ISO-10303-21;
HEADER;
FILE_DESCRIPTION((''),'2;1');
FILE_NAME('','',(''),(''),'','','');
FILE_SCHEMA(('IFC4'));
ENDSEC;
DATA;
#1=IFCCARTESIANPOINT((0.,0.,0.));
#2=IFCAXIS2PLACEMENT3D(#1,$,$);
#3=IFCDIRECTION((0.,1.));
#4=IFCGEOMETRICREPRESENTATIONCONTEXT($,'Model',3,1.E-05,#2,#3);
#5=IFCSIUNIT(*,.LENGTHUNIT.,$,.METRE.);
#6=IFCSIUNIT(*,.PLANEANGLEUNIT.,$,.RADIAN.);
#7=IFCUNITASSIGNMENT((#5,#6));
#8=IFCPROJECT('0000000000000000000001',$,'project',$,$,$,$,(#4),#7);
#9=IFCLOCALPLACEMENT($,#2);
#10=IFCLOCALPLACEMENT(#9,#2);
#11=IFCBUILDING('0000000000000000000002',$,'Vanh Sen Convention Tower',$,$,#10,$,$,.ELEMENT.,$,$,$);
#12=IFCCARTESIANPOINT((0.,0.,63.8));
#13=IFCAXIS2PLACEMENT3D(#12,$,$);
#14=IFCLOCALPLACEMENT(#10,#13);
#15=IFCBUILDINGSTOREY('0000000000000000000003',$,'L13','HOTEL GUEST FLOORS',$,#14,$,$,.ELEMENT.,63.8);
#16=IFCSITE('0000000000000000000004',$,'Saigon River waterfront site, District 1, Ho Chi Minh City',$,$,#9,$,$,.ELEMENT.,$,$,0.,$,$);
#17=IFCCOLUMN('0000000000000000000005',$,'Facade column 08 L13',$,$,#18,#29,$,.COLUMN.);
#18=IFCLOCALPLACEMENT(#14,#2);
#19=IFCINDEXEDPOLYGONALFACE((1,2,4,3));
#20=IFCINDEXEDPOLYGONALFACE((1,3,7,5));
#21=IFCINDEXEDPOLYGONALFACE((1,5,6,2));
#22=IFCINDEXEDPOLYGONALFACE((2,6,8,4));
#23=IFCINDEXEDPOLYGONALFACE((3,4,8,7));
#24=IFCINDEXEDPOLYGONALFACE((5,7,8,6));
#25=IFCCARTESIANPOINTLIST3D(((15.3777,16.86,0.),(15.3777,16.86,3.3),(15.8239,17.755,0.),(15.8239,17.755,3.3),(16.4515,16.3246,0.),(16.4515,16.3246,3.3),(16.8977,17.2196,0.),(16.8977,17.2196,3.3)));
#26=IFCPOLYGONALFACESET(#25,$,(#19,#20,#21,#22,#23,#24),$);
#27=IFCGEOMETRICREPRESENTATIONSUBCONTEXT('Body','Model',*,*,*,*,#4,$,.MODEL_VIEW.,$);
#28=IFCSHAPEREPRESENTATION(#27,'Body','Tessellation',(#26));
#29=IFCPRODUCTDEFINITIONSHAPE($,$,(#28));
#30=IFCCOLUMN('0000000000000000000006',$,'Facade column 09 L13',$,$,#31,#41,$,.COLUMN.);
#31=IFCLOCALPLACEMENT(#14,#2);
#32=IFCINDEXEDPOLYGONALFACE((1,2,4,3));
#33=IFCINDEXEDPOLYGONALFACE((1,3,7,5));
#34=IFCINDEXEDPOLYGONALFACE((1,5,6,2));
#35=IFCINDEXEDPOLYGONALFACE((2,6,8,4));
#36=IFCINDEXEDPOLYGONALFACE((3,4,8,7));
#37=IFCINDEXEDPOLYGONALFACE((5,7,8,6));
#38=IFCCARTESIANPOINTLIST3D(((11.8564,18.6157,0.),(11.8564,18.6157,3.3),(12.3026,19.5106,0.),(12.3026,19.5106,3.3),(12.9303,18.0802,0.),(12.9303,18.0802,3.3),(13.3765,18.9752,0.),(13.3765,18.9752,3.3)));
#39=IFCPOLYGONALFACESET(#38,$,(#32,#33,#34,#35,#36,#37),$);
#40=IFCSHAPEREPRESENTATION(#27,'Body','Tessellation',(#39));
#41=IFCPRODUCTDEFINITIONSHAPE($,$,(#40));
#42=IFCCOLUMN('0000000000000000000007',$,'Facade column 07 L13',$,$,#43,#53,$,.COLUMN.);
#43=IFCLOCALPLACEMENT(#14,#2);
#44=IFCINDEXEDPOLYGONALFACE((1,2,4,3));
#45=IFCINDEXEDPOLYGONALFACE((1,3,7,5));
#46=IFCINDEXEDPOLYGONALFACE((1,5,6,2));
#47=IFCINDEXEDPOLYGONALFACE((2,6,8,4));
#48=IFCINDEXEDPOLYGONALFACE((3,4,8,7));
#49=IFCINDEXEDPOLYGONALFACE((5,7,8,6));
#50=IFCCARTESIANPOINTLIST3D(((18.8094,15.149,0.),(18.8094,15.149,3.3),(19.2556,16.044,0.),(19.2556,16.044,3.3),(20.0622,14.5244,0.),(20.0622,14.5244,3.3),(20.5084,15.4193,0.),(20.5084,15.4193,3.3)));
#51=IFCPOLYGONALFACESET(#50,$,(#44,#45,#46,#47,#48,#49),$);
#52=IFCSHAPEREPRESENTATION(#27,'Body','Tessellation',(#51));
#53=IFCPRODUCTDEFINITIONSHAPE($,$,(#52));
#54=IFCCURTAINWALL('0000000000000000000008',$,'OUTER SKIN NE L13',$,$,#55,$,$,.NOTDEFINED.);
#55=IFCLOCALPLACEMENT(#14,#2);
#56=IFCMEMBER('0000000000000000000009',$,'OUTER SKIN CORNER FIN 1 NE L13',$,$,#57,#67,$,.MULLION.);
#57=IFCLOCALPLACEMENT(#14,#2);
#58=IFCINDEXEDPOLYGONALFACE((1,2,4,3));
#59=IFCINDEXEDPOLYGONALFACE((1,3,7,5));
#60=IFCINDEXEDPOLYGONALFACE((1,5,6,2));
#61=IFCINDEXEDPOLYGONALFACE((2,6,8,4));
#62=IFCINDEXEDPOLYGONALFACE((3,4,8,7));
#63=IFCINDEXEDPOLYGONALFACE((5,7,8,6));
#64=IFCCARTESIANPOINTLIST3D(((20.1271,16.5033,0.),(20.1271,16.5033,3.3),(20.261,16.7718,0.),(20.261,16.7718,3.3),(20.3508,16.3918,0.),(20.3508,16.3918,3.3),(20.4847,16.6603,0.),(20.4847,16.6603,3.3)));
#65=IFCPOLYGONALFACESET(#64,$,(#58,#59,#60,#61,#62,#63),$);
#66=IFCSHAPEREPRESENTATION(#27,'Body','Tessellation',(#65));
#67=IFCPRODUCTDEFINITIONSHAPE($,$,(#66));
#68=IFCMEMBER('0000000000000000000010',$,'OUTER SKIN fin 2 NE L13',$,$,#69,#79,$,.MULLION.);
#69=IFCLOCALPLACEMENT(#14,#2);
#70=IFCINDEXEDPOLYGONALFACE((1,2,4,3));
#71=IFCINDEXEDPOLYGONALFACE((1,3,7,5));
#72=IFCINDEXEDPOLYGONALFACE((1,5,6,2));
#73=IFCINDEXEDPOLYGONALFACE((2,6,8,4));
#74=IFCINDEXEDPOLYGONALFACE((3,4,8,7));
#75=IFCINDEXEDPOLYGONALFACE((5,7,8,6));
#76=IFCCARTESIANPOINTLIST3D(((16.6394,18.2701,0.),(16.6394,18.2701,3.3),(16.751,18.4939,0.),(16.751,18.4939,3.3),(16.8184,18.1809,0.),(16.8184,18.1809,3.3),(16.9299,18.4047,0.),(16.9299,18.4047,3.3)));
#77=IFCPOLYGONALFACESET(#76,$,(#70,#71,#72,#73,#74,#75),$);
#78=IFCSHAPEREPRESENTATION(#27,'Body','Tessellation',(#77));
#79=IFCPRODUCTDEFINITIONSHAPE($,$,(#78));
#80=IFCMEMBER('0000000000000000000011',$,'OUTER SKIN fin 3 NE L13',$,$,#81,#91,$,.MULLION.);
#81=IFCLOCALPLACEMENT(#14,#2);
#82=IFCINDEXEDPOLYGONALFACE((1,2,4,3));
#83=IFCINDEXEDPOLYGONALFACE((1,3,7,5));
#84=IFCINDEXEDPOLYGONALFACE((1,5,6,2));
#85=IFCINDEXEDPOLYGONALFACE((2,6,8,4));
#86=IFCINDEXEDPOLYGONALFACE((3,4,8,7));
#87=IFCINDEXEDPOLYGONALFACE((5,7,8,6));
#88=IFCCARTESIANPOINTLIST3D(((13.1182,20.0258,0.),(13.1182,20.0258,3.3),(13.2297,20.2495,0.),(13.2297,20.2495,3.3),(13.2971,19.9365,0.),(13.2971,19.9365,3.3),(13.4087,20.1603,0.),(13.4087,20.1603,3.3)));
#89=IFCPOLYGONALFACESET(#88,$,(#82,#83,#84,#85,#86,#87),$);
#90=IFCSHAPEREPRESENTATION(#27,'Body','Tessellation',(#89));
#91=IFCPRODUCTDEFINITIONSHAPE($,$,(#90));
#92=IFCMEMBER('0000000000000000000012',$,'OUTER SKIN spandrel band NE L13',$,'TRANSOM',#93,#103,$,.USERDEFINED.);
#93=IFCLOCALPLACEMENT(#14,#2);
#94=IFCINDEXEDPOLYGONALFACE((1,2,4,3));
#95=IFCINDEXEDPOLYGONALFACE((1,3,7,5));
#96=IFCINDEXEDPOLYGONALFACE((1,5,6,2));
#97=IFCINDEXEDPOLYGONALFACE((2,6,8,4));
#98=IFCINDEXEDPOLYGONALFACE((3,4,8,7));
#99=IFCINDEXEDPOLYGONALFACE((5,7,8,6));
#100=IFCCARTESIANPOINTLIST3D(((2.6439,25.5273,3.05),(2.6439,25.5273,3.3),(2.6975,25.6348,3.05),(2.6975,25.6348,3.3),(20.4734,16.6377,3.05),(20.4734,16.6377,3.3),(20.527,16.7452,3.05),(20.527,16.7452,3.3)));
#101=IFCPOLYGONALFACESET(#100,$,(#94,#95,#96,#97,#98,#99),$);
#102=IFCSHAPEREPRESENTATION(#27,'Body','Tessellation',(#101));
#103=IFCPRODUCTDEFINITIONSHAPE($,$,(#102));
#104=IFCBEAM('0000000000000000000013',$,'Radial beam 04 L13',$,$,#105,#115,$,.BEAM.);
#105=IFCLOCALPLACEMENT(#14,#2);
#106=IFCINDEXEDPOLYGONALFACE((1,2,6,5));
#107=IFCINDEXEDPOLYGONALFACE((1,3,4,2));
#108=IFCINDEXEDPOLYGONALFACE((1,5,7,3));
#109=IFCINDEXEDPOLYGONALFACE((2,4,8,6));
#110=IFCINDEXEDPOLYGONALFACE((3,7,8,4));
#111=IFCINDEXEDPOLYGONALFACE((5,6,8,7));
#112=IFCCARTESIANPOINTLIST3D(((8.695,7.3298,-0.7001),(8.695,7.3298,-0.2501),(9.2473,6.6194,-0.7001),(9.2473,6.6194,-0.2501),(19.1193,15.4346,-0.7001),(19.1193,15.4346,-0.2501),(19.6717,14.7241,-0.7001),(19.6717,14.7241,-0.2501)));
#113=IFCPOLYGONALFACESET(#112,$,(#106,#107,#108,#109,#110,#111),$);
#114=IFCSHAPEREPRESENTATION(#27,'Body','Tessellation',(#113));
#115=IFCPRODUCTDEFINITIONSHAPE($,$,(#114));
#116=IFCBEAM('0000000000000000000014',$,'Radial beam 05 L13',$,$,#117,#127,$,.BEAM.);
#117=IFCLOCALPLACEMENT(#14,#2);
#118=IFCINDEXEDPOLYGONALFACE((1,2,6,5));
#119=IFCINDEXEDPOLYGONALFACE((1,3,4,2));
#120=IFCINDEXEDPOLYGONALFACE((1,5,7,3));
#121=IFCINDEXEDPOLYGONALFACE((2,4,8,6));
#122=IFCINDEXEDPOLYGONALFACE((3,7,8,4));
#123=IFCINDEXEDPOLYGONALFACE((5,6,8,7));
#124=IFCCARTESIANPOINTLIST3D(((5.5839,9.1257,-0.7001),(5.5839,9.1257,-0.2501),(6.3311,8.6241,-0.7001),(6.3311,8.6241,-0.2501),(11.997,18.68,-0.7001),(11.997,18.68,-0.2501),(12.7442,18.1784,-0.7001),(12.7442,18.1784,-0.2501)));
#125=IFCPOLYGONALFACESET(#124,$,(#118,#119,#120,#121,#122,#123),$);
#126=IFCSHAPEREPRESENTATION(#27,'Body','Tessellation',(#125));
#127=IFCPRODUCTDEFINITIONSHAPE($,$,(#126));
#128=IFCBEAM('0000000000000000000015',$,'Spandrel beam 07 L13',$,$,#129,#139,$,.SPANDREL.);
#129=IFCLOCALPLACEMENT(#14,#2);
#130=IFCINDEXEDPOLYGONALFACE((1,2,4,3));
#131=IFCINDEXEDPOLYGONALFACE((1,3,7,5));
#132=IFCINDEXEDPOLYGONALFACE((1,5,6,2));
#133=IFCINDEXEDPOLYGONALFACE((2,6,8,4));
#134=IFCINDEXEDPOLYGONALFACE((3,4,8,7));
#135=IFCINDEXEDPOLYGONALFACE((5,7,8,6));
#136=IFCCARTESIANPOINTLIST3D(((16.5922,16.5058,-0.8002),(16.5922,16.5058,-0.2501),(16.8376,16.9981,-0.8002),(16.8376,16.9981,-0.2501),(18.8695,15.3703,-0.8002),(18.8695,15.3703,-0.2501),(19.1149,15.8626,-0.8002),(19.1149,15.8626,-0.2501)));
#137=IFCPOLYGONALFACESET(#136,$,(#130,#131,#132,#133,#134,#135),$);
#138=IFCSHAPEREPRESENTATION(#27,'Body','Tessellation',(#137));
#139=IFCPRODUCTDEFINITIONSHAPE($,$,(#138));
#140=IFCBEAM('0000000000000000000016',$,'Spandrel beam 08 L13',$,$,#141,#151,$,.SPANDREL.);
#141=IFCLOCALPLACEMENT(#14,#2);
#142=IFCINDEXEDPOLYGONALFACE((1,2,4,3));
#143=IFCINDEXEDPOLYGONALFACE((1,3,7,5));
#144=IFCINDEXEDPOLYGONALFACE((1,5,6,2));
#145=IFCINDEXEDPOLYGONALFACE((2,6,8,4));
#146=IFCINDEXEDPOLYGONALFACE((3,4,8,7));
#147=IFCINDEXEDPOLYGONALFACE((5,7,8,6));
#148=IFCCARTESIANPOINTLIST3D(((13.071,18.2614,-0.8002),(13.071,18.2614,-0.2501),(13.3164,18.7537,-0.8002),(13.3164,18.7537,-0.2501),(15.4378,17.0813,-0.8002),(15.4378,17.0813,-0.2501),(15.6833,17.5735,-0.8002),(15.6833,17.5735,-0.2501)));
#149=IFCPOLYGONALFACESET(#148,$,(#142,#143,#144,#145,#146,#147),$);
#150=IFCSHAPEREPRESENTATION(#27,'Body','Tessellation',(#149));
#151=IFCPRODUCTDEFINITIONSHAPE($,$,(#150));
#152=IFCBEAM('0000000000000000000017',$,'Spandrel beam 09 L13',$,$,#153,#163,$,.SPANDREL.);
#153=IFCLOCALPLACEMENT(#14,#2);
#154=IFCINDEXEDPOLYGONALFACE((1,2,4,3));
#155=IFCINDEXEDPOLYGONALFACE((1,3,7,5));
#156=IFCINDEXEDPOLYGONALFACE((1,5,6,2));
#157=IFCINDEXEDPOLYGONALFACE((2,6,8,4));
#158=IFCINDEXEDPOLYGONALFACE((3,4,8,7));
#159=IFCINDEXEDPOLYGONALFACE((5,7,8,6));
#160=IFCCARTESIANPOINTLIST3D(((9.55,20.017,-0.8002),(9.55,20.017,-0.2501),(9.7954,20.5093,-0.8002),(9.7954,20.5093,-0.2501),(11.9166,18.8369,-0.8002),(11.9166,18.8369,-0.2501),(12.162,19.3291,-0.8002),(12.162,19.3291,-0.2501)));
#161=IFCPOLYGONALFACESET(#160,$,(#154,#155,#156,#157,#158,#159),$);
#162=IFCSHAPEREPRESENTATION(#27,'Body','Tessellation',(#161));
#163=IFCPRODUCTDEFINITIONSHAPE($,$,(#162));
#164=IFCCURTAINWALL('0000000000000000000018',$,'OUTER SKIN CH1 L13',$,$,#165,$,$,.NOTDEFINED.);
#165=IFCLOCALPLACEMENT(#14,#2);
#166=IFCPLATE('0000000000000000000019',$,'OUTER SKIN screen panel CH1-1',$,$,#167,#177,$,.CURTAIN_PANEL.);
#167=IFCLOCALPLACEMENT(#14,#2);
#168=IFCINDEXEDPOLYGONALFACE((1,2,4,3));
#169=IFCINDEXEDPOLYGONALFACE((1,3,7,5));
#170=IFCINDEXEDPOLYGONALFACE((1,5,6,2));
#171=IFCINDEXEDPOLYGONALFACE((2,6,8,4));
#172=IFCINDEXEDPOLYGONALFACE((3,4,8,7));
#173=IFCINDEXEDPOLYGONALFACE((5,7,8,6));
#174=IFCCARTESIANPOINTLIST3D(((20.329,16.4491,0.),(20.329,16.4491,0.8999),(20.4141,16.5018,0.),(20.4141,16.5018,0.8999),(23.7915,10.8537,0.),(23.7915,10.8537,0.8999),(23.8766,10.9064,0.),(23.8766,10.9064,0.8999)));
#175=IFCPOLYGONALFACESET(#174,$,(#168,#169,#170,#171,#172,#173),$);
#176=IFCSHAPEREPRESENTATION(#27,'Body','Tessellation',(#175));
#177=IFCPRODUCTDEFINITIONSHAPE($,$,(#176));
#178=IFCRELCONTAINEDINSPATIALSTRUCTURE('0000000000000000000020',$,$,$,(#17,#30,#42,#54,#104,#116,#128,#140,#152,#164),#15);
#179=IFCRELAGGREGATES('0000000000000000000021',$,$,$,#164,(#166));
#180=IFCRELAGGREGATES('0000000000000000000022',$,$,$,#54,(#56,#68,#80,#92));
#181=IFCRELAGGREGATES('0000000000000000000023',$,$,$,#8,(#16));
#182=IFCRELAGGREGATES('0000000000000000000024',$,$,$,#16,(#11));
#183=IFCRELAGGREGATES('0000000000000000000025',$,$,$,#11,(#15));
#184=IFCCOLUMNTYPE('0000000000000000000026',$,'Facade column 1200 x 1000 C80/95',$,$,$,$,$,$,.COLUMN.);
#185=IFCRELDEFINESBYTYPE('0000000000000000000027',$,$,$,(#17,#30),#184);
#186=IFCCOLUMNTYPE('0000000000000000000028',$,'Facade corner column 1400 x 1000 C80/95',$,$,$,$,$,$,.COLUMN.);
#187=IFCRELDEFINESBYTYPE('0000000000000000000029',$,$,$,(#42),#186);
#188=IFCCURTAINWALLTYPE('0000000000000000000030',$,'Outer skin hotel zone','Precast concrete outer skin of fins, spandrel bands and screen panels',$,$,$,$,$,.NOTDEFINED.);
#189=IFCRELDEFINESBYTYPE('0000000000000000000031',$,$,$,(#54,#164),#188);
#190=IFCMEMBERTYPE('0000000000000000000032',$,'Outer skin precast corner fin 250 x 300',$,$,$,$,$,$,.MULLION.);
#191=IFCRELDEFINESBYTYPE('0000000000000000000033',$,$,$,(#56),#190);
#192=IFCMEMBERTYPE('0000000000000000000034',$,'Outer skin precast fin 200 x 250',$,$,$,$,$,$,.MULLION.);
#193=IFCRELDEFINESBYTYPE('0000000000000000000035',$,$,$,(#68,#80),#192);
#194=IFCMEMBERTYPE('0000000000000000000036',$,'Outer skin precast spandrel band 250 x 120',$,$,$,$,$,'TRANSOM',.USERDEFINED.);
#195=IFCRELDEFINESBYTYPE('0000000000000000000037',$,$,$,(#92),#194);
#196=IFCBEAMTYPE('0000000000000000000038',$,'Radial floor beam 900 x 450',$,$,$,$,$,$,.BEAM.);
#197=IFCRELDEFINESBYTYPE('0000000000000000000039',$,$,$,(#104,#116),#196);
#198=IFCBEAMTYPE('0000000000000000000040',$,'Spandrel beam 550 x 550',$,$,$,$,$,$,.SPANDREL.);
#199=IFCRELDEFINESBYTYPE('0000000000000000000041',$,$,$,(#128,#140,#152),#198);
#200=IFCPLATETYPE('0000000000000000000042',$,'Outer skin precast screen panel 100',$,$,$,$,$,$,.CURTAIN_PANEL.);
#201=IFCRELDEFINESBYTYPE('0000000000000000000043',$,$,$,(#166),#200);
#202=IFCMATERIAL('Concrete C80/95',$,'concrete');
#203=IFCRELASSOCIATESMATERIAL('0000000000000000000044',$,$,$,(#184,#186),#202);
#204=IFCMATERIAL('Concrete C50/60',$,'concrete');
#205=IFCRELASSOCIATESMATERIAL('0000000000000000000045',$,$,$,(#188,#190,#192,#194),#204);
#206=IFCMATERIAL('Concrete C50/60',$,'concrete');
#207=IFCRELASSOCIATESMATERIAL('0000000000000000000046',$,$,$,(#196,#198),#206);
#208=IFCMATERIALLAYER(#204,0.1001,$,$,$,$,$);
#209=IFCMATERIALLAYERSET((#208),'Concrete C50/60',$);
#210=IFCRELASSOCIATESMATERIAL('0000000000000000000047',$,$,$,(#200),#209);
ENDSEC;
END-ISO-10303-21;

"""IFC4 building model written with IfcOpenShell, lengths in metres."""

from ifc_helpers import new_model, si_unit, direction, frame, origin, origin_2d, place, context, subcontext, project, spatial, rectangle, extrude, material, layer, layer_set, material_profile, profile_set, type_object, element, aggregate, save


model = new_model("IFC4")

# Units and contexts
model_context = context("Model", 3, precision=1e-05, world=origin(), true_north=direction((0.0, 1.0)))
body_context = subcontext(model_context, "Body", "Model", "MODEL_VIEW")
ifc_project = project(units=[si_unit("LENGTHUNIT", "METRE"), si_unit("PLANEANGLEUNIT", "RADIAN")], contexts=[model_context])

# Site, building, storey
site_placement = place(None, origin())
site = spatial("IfcSite", under=ifc_project, at=site_placement, Name="Saigon River waterfront site, District 1, Ho Chi Minh City", CompositionType="ELEMENT", RefElevation=0.0)
building_placement = place(site_placement, origin())
building = spatial("IfcBuilding", under=site, at=building_placement, Name="Vanh Sen Convention Tower", CompositionType="ELEMENT")
storey_placement = place(building_placement, frame((0.0, 0.0, 63.8)))
storey = spatial("IfcBuildingStorey", under=building, at=storey_placement, Name="L13", Description="HOTEL GUEST FLOORS", CompositionType="ELEMENT", Elevation=63.8)

# Columns
ifc_material_1 = material(Name="Concrete C80/95", Category="concrete")
ifc_material_profile_1 = material_profile(ifc_material_1, rectangle(XDim=1.2, YDim=1.0, at=origin_2d()), Name="RC 1200X1000")
ifc_profile_set_1 = profile_set([ifc_material_profile_1], Name="Concrete C80/95")
column_type_1 = type_object("IfcColumnType", Name="Facade column 1200 x 1000 C80/95", PredefinedType="COLUMN", material=ifc_profile_set_1)
for number, where, z_axis, x_axis, name in (
    (1, (16.1377, 17.0398, 0.0), (0.0, 0.0, 1.0), (-0.894934, 0.446198, 0.0), "Facade column 08 L13"),
    (2, (12.6165, 18.7954, 0.0), (0.0, 0.0, 1.0), (-0.894934, 0.446198, 0.0), "Facade column 09 L13"),
):
    element("IfcColumn", number, at=place(storey_placement, frame(where, z_axis=z_axis, x_axis=x_axis)), inside=storey, type_object=column_type_1, Name=name, PredefinedType="COLUMN", context=body_context, shape_type="SweptSolid", body=[
        extrude(rectangle(XDim=1.2, YDim=1.0, at=origin_2d()), origin(), (0.0, 0.0, 1.0), 3.3),
    ])
ifc_material_profile_2 = material_profile(ifc_material_1, rectangle(XDim=1.3999, YDim=1.0, at=origin_2d()), Name="RC 1400X1000")
ifc_profile_set_2 = profile_set([ifc_material_profile_2], Name="Concrete C80/95")
column_type_2 = type_object("IfcColumnType", Name="Facade corner column 1400 x 1000 C80/95", PredefinedType="COLUMN", material=ifc_profile_set_2)
column_placement = place(storey_placement, frame((19.6589, 15.2842, 0.0), z_axis=(0.0, 0.0, 1.0), x_axis=(-0.894934, 0.446198, 0.0)))
element("IfcColumn", 3, at=column_placement, inside=storey, type_object=column_type_2, Name="Facade column 07 L13", PredefinedType="COLUMN", context=body_context, shape_type="SweptSolid", body=[
    extrude(rectangle(XDim=1.3999, YDim=1.0, at=origin_2d()), origin(), (0.0, 0.0, 1.0), 3.3),
])

# Curtain wall, members
ifc_material_2 = material(Name="Concrete C50/60", Category="concrete")
curtain_wall_type = type_object("IfcCurtainWallType", Name="Outer skin hotel zone", Description="Precast concrete outer skin of fins, spandrel bands and screen panels", PredefinedType="NOTDEFINED", material=ifc_material_2)
curtain_wall_1_placement = place(storey_placement, origin())
curtain_wall_1 = element("IfcCurtainWall", 4, at=curtain_wall_1_placement, inside=storey, type_object=curtain_wall_type, Name="OUTER SKIN NE L13", PredefinedType="NOTDEFINED")
ifc_material_profile_3 = material_profile(ifc_material_2, rectangle(XDim=0.25, YDim=0.3, at=origin_2d()), Name="Outer skin precast corner fin 250 x 300")
ifc_profile_set_3 = profile_set([ifc_material_profile_3], Name="Concrete C50/60")
member_type_1 = type_object("IfcMemberType", Name="Outer skin precast corner fin 250 x 300", PredefinedType="MULLION", material=ifc_profile_set_3)
member_1_placement = place(storey_placement, frame((20.3059, 16.5818, 0.0), z_axis=(0.0, 0.0, 1.0), x_axis=(-0.894934, 0.446198, 0.0)))
member_1 = element("IfcMember", 5, at=member_1_placement, type_object=member_type_1, Name="OUTER SKIN CORNER FIN 1 NE L13", PredefinedType="MULLION", context=body_context, shape_type="SweptSolid", body=[
    extrude(rectangle(XDim=0.25, YDim=0.3, at=origin_2d()), origin(), (0.0, 0.0, 1.0), 3.3),
])
ifc_material_profile_4 = material_profile(ifc_material_2, rectangle(XDim=0.2, YDim=0.25, at=origin_2d()), Name="Outer skin precast fin 200 x 250")
ifc_profile_set_4 = profile_set([ifc_material_profile_4], Name="Concrete C50/60")
member_type_2 = type_object("IfcMemberType", Name="Outer skin precast fin 200 x 250", PredefinedType="MULLION", material=ifc_profile_set_4)
member_2_placement = place(storey_placement, frame((16.7847, 18.3374, 0.0), z_axis=(0.0, 0.0, 1.0), x_axis=(-0.894934, 0.446198, 0.0)))
member_2 = element("IfcMember", 6, at=member_2_placement, type_object=member_type_2, Name="OUTER SKIN fin 2 NE L13", PredefinedType="MULLION", context=body_context, shape_type="SweptSolid", body=[
    extrude(rectangle(XDim=0.2, YDim=0.25, at=origin_2d()), origin(), (0.0, 0.0, 1.0), 3.3),
])
member_3_placement = place(storey_placement, frame((13.2634, 20.093, 0.0), z_axis=(0.0, 0.0, 1.0), x_axis=(-0.894934, 0.446198, 0.0)))
member_3 = element("IfcMember", 7, at=member_3_placement, type_object=member_type_2, Name="OUTER SKIN fin 3 NE L13", PredefinedType="MULLION", context=body_context, shape_type="SweptSolid", body=[
    extrude(rectangle(XDim=0.2, YDim=0.25, at=origin_2d()), origin(), (0.0, 0.0, 1.0), 3.3),
])
ifc_material_profile_5 = material_profile(ifc_material_2, rectangle(XDim=0.1201, YDim=0.25, at=origin_2d()), Name="Outer skin precast spandrel band 250 x 120")
ifc_profile_set_5 = profile_set([ifc_material_profile_5], Name="Concrete C50/60")
member_type_3 = type_object("IfcMemberType", Name="Outer skin precast spandrel band 250 x 120", ElementType="TRANSOM", PredefinedType="USERDEFINED", material=ifc_profile_set_5)
member_4_placement = place(storey_placement, frame((20.5002, 16.6914, 3.175), z_axis=(-0.894931, 0.446204, 0.0), x_axis=(-0.446204, -0.894931, 0.0)))
member_4 = element("IfcMember", 8, at=member_4_placement, type_object=member_type_3, Name="OUTER SKIN spandrel band NE L13", ObjectType="TRANSOM", PredefinedType="USERDEFINED", context=body_context, shape_type="SweptSolid", body=[
    extrude(rectangle(XDim=0.1201, YDim=0.25, at=origin_2d()), origin(), (0.0, 0.0, 1.0), 19.9229),
])

# Beams
ifc_material_3 = material(Name="Concrete C50/60", Category="concrete")
ifc_material_profile_6 = material_profile(ifc_material_3, rectangle(XDim=0.8999, YDim=0.45, at=origin_2d()), Name="RC 900X450")
ifc_profile_set_6 = profile_set([ifc_material_profile_6], Name="Concrete C50/60")
beam_type_1 = type_object("IfcBeamType", Name="Radial floor beam 900 x 450", PredefinedType="BEAM", material=ifc_profile_set_6)
beam_1_placement = place(storey_placement, frame((19.3955, 15.0793, -0.4751), z_axis=(-0.789465, -0.613796, 0.0), x_axis=(0.613796, -0.789465, 0.0)))
element("IfcBeam", 9, at=beam_1_placement, inside=storey, type_object=beam_type_1, Name="Radial beam 04 L13", PredefinedType="BEAM", context=body_context, shape_type="SweptSolid", body=[
    extrude(rectangle(XDim=0.8999, YDim=0.45, at=origin_2d()), origin(), (0.0, 0.0, 1.0), 13.2043),
])
beam_2_placement = place(storey_placement, frame((12.3706, 18.4292, -0.4751), z_axis=(-0.557322, -0.830297, 0.0), x_axis=(0.830297, -0.557322, 0.0)))
element("IfcBeam", 10, at=beam_2_placement, inside=storey, type_object=beam_type_1, Name="Radial beam 05 L13", PredefinedType="BEAM", context=body_context, shape_type="SweptSolid", body=[
    extrude(rectangle(XDim=0.8999, YDim=0.45, at=origin_2d()), origin(), (0.0, 0.0, 1.0), 11.5071),
])
ifc_material_profile_7 = material_profile(ifc_material_3, rectangle(XDim=0.55, YDim=0.55, at=origin_2d()), Name="RC 550X550")
ifc_profile_set_7 = profile_set([ifc_material_profile_7], Name="Concrete C50/60")
beam_type_2 = type_object("IfcBeamType", Name="Spandrel beam 550 x 550", PredefinedType="SPANDREL", material=ifc_profile_set_7)
beam_3_placement = place(storey_placement, frame((18.9922, 15.6165, -0.5251), z_axis=(-0.894926, 0.446216, 0.0), x_axis=(-0.446216, -0.894926, 0.0)))
element("IfcBeam", 11, at=beam_3_placement, inside=storey, type_object=beam_type_2, Name="Spandrel beam 07 L13", PredefinedType="SPANDREL", context=body_context, shape_type="SweptSolid", body=[
    extrude(rectangle(XDim=0.55, YDim=0.55, at=origin_2d()), origin(), (0.0, 0.0, 1.0), 2.5447),
])
beam_4_placement = place(storey_placement, frame((15.5605, 17.3274, -0.5251), z_axis=(-0.894925, 0.446216, 0.0), x_axis=(-0.446216, -0.894925, 0.0)))
element("IfcBeam", 12, at=beam_4_placement, inside=storey, type_object=beam_type_2, Name="Spandrel beam 08 L13", PredefinedType="SPANDREL", context=body_context, shape_type="SweptSolid", body=[
    extrude(rectangle(XDim=0.55, YDim=0.55, at=origin_2d()), origin(), (0.0, 0.0, 1.0), 2.6448),
])
beam_5_placement = place(storey_placement, frame((12.0393, 19.083, -0.5251), z_axis=(-0.894907, 0.446253, 0.0), x_axis=(-0.446253, -0.894907, 0.0)))
element("IfcBeam", 13, at=beam_5_placement, inside=storey, type_object=beam_type_2, Name="Spandrel beam 09 L13", PredefinedType="SPANDREL", context=body_context, shape_type="SweptSolid", body=[
    extrude(rectangle(XDim=0.55, YDim=0.55, at=origin_2d()), origin(), (0.0, 0.0, 1.0), 2.6445),
])

# Curtain wall, plate
curtain_wall_2_placement = place(storey_placement, origin())
curtain_wall_2 = element("IfcCurtainWall", 14, at=curtain_wall_2_placement, inside=storey, type_object=curtain_wall_type, Name="OUTER SKIN CH1 L13", PredefinedType="NOTDEFINED")
ifc_layer_1 = layer(ifc_material_2, 0.1001)
ifc_layer_set_1 = layer_set([ifc_layer_1], Name="Concrete C50/60")
plate_type = type_object("IfcPlateType", Name="Outer skin precast screen panel 100", PredefinedType="CURTAIN_PANEL", material=ifc_layer_set_1)
plate_1_placement = place(storey_placement, frame((22.1028, 13.6777, 0.0), z_axis=(0.0, 0.0, 1.0), x_axis=(-0.526212, 0.850353, 0.0)))
plate_1 = element("IfcPlate", 15, at=plate_1_placement, type_object=plate_type, Name="OUTER SKIN screen panel CH1-1", PredefinedType="CURTAIN_PANEL", context=body_context, shape_type="SweptSolid", body=[
    extrude(rectangle(XDim=6.5801, YDim=0.1001, at=origin_2d()), origin(), (0.0, 0.0, 1.0), 0.8999),
])
aggregate(curtain_wall_2, [plate_1])

aggregate(curtain_wall_1, [member_1, member_2, member_3, member_4])

save(model, "model.ifc")
